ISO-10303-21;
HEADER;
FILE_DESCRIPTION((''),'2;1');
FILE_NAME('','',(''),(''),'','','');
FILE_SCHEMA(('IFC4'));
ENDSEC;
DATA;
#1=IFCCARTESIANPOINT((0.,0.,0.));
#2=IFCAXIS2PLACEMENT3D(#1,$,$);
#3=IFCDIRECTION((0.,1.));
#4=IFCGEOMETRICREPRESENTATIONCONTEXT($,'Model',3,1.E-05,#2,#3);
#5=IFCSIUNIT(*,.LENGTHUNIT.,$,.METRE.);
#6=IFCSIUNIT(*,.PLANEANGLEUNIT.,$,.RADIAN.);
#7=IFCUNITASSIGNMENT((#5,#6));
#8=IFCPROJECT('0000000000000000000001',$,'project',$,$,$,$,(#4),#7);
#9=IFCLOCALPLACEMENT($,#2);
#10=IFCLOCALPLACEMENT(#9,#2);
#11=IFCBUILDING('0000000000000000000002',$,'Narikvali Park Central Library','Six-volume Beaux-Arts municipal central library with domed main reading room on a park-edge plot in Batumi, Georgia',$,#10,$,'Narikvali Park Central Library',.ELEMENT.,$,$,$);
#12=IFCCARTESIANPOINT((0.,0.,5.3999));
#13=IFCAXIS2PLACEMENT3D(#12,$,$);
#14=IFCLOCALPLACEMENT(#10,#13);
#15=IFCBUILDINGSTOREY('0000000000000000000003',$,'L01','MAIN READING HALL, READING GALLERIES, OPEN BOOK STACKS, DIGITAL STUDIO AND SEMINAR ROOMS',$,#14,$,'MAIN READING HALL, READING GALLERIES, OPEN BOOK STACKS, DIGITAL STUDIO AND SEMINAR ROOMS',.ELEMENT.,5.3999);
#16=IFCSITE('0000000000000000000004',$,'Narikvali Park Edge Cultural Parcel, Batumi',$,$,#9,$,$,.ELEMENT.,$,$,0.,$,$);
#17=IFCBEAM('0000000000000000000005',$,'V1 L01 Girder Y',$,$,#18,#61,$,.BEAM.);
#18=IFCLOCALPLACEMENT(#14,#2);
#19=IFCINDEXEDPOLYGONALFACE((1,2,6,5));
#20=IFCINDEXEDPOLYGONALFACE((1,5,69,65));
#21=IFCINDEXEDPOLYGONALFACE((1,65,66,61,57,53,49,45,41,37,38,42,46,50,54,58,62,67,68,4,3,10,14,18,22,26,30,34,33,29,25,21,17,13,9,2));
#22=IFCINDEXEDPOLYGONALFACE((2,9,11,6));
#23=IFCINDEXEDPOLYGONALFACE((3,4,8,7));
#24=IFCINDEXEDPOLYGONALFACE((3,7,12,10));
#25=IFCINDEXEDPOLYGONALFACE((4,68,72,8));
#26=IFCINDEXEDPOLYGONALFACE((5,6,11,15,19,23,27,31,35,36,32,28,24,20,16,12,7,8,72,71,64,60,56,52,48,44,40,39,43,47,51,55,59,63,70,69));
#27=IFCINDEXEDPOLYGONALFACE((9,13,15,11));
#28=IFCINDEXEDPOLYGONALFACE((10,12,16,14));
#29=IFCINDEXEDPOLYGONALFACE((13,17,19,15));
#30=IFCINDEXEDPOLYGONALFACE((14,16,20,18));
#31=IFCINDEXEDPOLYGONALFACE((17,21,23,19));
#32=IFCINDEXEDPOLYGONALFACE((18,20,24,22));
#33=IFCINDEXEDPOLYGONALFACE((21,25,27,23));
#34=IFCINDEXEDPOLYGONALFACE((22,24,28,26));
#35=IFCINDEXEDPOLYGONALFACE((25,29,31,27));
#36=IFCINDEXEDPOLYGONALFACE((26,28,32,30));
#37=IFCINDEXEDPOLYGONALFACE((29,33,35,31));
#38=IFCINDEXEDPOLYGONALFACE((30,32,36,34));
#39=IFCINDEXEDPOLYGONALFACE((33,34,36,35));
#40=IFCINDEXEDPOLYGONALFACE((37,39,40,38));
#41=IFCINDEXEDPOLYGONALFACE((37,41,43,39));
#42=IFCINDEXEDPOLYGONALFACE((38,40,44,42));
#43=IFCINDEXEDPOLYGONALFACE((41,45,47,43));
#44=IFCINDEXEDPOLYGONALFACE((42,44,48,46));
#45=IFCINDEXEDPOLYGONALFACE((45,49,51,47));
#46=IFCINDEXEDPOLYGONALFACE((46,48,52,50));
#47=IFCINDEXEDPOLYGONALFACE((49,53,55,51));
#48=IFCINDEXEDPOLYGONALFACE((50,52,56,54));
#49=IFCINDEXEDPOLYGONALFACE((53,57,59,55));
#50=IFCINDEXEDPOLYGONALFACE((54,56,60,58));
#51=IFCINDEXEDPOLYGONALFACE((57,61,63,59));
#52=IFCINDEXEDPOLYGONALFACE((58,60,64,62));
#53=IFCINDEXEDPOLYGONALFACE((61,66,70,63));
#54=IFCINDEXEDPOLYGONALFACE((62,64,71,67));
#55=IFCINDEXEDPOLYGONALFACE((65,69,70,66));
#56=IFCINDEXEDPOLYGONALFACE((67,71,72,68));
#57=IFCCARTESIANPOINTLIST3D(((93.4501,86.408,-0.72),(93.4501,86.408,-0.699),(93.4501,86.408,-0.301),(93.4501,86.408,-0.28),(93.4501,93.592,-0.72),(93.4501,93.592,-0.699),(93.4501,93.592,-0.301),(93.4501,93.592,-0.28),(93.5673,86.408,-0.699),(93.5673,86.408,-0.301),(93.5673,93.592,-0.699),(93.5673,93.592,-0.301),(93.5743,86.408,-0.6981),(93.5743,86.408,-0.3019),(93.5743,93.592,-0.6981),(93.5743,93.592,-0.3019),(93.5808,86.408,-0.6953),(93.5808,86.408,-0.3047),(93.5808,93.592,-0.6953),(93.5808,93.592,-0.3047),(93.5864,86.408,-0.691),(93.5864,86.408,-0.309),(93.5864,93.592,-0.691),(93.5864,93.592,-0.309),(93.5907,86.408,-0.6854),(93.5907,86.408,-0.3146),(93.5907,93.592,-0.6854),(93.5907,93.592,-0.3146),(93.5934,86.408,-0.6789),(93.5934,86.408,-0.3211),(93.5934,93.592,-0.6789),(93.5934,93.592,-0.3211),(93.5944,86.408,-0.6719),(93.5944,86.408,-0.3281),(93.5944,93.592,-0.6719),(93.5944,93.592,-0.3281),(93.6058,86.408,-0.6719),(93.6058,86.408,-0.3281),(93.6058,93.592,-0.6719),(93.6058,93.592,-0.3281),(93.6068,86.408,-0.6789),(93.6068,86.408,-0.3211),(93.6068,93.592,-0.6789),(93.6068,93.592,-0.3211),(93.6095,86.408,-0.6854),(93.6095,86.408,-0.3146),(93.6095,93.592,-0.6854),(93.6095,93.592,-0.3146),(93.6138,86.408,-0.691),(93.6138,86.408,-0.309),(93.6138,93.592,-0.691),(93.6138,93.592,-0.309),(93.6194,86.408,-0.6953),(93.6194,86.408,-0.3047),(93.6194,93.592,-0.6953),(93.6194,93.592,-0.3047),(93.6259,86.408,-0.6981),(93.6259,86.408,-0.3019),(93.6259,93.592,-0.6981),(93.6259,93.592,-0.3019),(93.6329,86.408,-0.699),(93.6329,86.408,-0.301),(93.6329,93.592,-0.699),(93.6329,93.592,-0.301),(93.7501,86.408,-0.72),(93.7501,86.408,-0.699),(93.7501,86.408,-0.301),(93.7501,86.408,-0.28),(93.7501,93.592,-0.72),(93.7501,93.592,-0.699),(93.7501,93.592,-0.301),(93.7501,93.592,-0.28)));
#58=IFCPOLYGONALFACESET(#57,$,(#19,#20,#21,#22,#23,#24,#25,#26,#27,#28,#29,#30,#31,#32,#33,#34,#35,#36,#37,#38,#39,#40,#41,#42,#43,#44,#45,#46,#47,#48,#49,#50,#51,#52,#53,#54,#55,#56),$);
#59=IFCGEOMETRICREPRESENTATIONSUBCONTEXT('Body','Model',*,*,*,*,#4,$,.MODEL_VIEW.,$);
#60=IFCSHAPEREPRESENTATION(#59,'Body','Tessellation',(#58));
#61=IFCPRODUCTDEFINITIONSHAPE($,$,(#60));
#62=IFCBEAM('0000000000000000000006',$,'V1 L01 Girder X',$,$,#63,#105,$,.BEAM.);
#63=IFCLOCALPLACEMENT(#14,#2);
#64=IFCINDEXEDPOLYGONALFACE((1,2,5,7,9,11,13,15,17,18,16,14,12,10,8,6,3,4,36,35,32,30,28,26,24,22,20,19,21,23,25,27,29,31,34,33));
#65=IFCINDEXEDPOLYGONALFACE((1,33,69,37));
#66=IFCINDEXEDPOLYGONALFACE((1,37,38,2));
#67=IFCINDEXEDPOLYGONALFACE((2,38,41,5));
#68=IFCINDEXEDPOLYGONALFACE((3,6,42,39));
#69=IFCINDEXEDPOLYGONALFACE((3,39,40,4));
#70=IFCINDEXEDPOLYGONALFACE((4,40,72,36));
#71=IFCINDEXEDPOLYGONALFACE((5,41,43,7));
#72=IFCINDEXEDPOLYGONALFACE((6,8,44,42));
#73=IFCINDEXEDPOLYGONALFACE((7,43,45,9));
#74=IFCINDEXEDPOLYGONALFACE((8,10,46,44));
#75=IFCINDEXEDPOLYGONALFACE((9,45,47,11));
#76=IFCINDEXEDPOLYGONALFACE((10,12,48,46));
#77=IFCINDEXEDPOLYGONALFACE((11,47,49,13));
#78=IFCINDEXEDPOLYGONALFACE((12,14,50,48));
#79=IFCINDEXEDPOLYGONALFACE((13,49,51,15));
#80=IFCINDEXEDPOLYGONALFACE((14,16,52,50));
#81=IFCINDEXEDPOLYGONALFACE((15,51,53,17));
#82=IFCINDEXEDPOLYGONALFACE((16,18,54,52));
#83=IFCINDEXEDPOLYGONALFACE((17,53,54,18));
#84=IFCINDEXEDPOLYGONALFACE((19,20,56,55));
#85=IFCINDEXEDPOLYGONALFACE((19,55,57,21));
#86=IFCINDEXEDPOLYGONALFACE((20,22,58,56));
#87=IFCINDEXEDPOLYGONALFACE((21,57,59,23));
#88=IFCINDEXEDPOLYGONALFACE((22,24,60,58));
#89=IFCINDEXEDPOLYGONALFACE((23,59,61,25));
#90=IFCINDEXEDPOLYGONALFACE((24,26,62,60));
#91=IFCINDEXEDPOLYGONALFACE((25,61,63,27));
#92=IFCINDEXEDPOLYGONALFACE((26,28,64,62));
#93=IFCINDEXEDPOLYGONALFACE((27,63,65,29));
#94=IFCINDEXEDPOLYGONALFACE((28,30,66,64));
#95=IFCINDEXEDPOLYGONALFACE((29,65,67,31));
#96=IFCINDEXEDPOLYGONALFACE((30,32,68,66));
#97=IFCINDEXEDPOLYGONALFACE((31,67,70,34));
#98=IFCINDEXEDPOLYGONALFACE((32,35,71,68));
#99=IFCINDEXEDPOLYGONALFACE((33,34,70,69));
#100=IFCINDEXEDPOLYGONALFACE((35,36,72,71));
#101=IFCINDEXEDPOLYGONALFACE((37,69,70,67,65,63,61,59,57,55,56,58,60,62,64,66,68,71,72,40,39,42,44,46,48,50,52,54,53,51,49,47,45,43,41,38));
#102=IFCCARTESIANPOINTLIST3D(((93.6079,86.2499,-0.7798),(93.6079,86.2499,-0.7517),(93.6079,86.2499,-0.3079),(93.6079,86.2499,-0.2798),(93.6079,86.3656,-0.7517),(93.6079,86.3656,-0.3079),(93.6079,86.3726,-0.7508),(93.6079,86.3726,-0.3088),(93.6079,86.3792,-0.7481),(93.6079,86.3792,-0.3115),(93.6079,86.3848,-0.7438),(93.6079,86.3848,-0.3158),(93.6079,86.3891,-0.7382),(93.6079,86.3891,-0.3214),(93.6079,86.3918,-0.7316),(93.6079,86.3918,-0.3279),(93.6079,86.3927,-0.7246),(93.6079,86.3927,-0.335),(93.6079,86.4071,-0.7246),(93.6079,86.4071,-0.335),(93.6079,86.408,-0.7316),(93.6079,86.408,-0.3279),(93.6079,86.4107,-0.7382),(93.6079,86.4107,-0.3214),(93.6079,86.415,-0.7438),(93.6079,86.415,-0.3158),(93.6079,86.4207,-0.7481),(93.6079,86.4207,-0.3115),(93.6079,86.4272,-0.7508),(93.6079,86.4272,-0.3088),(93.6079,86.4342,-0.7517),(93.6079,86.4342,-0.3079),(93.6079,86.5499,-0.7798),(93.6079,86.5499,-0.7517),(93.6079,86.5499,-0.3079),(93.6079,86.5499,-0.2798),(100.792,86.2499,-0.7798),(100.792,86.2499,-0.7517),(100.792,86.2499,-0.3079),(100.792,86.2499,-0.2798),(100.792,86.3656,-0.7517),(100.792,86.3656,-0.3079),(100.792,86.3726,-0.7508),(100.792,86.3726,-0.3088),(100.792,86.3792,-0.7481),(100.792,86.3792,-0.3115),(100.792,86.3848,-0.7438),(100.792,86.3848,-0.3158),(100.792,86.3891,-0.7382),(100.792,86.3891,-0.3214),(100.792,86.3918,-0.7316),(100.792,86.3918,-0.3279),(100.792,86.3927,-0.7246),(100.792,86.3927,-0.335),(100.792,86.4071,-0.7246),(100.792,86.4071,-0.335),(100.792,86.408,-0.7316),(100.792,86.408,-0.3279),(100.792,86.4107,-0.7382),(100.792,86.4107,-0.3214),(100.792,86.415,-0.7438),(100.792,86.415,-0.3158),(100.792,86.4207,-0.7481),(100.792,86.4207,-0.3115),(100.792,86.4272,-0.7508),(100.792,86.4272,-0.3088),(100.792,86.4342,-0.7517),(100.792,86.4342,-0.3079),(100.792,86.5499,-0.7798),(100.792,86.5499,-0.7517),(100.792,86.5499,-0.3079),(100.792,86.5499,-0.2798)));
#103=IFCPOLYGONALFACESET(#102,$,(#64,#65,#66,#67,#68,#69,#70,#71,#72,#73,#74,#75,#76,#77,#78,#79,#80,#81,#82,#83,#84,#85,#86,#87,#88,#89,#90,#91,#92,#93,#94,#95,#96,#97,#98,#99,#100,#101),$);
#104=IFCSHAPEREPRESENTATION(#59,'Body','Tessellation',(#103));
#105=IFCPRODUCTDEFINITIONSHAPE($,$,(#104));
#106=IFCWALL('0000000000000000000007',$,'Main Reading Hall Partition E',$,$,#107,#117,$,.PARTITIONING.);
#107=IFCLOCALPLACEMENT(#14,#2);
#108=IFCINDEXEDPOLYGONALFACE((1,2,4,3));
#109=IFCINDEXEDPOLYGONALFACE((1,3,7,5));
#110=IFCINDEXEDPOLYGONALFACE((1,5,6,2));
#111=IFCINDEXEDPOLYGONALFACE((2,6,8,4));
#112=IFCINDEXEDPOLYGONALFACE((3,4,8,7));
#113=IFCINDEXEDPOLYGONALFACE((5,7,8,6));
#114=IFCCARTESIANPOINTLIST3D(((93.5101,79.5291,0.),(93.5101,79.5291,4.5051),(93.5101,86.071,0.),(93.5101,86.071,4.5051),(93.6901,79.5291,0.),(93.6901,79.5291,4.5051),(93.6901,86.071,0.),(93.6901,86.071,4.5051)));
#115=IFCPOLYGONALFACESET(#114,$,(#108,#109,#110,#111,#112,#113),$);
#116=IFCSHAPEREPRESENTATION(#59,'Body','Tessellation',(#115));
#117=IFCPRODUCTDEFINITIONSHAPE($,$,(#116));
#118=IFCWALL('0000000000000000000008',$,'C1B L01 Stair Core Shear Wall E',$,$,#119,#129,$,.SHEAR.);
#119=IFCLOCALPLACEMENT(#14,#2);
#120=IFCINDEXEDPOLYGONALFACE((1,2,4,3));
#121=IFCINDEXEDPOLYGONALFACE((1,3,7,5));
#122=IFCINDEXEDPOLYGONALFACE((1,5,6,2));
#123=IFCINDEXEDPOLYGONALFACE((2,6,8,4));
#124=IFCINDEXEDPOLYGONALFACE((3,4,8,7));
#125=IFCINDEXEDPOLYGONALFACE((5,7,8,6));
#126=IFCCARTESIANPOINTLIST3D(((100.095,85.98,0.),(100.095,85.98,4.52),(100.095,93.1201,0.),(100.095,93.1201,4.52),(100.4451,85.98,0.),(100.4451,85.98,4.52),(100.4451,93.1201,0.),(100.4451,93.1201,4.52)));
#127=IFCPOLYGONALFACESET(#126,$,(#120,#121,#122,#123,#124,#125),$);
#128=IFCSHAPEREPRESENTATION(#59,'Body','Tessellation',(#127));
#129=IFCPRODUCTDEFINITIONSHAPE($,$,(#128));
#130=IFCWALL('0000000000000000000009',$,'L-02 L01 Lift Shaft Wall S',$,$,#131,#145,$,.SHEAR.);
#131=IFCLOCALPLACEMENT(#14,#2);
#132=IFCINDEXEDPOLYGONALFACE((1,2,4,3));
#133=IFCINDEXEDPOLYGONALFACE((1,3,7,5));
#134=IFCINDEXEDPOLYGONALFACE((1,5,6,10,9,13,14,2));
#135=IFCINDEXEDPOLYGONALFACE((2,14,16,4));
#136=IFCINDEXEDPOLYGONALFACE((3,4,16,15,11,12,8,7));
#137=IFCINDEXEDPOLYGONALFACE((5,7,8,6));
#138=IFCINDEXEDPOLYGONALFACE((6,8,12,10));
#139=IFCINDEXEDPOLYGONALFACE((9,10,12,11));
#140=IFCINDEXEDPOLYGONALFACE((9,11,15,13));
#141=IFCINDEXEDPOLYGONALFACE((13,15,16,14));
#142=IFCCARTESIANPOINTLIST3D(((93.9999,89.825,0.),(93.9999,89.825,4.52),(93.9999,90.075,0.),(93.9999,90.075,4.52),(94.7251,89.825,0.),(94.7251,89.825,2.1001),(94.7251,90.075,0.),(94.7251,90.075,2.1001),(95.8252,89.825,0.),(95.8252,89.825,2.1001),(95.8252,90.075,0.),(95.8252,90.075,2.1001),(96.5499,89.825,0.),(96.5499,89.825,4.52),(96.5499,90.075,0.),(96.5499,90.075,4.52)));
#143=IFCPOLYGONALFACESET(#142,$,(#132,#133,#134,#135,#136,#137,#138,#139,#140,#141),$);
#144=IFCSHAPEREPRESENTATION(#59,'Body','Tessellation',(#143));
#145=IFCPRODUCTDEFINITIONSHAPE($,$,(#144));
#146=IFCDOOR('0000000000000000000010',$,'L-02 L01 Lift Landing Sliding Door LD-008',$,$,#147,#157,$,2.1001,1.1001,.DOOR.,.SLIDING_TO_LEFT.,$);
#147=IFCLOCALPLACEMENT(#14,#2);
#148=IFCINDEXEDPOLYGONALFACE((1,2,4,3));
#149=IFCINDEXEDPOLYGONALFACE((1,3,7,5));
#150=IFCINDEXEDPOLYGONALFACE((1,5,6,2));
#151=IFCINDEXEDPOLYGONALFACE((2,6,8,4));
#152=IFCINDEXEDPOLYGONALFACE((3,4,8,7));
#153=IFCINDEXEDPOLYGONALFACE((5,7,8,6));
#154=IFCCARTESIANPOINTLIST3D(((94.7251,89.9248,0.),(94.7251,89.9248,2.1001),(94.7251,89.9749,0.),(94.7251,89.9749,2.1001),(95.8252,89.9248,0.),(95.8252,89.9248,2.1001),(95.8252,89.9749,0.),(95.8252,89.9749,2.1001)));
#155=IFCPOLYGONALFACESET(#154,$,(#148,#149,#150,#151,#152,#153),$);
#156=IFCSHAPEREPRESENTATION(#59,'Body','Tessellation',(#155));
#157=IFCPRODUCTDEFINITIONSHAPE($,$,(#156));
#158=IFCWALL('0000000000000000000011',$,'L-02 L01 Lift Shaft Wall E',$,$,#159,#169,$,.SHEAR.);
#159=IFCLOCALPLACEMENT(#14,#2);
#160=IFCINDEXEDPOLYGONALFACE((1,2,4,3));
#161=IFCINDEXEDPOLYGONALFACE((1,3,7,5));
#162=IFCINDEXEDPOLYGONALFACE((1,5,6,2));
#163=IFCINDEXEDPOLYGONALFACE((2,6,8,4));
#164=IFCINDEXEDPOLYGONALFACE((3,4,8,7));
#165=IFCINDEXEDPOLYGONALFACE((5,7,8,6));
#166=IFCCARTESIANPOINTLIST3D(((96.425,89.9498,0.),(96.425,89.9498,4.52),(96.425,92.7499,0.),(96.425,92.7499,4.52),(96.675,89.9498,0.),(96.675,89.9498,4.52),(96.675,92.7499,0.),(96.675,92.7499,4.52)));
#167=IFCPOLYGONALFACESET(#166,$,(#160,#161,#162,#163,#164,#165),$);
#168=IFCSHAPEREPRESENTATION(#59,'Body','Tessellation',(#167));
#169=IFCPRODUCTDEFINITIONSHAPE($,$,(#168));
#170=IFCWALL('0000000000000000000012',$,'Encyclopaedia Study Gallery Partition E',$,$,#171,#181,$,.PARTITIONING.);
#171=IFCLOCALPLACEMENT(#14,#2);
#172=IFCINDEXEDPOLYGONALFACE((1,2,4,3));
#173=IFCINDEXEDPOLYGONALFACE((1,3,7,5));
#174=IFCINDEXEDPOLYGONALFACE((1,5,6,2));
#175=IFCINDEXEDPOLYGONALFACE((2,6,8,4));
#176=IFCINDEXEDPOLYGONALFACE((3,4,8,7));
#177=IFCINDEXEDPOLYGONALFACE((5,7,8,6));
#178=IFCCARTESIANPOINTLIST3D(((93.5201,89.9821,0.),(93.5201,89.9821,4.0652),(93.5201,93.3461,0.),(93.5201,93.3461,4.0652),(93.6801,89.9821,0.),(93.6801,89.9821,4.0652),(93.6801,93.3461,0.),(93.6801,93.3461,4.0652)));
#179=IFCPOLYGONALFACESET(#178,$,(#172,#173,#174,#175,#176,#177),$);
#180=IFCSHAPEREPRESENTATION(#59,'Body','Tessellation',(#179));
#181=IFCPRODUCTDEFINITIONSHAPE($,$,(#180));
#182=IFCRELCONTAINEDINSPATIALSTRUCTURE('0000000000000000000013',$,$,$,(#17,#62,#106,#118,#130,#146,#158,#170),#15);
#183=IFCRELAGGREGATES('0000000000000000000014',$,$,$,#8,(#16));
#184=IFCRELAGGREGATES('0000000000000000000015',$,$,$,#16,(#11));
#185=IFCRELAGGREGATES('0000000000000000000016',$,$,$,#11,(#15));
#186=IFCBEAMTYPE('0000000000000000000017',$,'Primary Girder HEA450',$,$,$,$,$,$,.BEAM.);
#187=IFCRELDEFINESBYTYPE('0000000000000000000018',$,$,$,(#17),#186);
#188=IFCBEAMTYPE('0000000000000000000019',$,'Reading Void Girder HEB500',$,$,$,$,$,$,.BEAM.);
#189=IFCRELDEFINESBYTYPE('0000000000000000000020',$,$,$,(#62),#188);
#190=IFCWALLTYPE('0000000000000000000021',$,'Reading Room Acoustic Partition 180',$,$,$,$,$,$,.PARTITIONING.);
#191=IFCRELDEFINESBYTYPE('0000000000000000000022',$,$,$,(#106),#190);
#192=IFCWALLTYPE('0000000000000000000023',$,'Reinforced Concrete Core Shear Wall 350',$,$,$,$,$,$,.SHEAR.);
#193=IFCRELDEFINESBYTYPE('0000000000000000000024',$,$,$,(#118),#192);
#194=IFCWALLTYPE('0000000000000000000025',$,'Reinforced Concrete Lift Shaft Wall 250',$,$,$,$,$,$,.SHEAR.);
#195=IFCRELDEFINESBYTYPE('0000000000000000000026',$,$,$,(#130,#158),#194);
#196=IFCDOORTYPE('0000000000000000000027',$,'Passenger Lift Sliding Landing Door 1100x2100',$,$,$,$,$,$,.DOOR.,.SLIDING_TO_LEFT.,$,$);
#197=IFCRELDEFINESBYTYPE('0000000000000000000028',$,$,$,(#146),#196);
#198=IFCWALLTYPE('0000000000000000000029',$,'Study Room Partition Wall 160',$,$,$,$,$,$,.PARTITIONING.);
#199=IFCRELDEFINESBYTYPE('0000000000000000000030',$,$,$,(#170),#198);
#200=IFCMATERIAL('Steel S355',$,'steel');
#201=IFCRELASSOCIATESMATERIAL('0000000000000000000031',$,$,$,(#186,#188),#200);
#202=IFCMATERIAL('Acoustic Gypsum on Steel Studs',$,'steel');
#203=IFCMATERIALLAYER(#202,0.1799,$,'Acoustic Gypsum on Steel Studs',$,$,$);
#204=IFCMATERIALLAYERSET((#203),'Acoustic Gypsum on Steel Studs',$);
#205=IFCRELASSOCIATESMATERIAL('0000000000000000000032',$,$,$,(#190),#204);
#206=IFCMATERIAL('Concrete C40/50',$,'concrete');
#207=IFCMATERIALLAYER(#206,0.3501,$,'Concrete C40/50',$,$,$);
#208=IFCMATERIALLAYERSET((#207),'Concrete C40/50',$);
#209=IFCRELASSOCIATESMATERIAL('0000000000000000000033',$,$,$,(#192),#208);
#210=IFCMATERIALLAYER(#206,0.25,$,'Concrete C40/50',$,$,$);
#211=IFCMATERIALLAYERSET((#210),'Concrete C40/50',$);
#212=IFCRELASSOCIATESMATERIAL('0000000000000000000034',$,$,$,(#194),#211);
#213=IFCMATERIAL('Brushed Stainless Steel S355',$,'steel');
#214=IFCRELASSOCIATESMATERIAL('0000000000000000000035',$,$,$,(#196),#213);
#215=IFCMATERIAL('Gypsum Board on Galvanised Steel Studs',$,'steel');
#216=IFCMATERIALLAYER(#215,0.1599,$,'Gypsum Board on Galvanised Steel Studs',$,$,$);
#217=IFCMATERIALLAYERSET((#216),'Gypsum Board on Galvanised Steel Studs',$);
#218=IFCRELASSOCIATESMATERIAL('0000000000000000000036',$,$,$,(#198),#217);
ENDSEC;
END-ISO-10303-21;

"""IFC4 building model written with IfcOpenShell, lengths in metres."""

from ifc_helpers import new_model, si_unit, direction, frame, frame_2d, origin, origin_2d, place, context, subcontext, project, spatial, rectangle, i_section, extrude, material, layer, layer_set, material_profile, profile_set, type_object, element, fill, save


model = new_model("IFC4")

# Units and contexts
model_context = context("Model", 3, precision=1e-05, world=origin(), true_north=direction((0.0, 1.0)))
body_context = subcontext(model_context, "Body", "Model", "MODEL_VIEW")
ifc_project = project(units=[si_unit("LENGTHUNIT", "METRE"), si_unit("PLANEANGLEUNIT", "RADIAN")], contexts=[model_context])

# Site, building, storey
site_placement = place(None, origin())
site = spatial("IfcSite", under=ifc_project, at=site_placement, Name="Narikvali Park Edge Cultural Parcel, Batumi", CompositionType="ELEMENT", RefElevation=0.0)
building_placement = place(site_placement, origin())
building = spatial("IfcBuilding", under=site, at=building_placement, Name="Narikvali Park Central Library", Description="Six-volume Beaux-Arts municipal central library with domed main reading room on a park-edge plot in Batumi, Georgia", LongName="Narikvali Park Central Library", CompositionType="ELEMENT")
storey_placement = place(building_placement, frame((0.0, 0.0, 5.3999)))
storey = spatial("IfcBuildingStorey", under=building, at=storey_placement, Name="L01", Description="MAIN READING HALL, READING GALLERIES, OPEN BOOK STACKS, DIGITAL STUDIO AND SEMINAR ROOMS", LongName="MAIN READING HALL, READING GALLERIES, OPEN BOOK STACKS, DIGITAL STUDIO AND SEMINAR ROOMS", CompositionType="ELEMENT", Elevation=5.3999)

# Shared definitions
ifc_material_1 = material(Name="Steel S355", Category="steel")

# Beams
ifc_material_profile_1 = material_profile(ifc_material_1, i_section(OverallWidth=0.3, OverallDepth=0.4399, WebThickness=0.0115, FlangeThickness=0.021, FilletRadius=0.0271, at=origin_2d()), Name="HEA 450")
ifc_profile_set_1 = profile_set([ifc_material_profile_1], Name="Steel S355")
beam_type_1 = type_object("IfcBeamType", Name="Primary Girder HEA450", PredefinedType="BEAM", material=ifc_profile_set_1)
for number, where, z_axis, x_axis, name in (
    (1, (93.6001, 86.408, -0.5), (0.0, 1.0, 0.0), (-1.0, 0.0, 0.0), "V1 L01 Girder Y"),
):
    element("IfcBeam", number, at=place(storey_placement, frame(where, z_axis=z_axis, x_axis=x_axis)), inside=storey, type_object=beam_type_1, Name=name, PredefinedType="BEAM", context=body_context, shape_type="SweptSolid", body=[
        extrude(i_section(OverallWidth=0.3, OverallDepth=0.4399, WebThickness=0.0115, FlangeThickness=0.021, FilletRadius=0.0271, at=origin_2d()), origin(), (0.0, 0.0, 1.0), 7.1841),
    ])
ifc_material_profile_2 = material_profile(ifc_material_1, i_section(OverallWidth=0.3, OverallDepth=0.5, WebThickness=0.0144, FlangeThickness=0.0281, FilletRadius=0.0271, at=origin_2d()), Name="HEB 500")
ifc_profile_set_2 = profile_set([ifc_material_profile_2], Name="Steel S355")
beam_type_2 = type_object("IfcBeamType", Name="Reading Void Girder HEB500", PredefinedType="BEAM", material=ifc_profile_set_2)
beam_1_placement = place(storey_placement, frame((93.6079, 86.3999, -0.5298), z_axis=(1.0, 0.0, 0.0), x_axis=(0.0, 1.0, 0.0)))
element("IfcBeam", 2, at=beam_1_placement, inside=storey, type_object=beam_type_2, Name="V1 L01 Girder X", PredefinedType="BEAM", context=body_context, shape_type="SweptSolid", body=[
    extrude(i_section(OverallWidth=0.3, OverallDepth=0.5, WebThickness=0.0144, FlangeThickness=0.0281, FilletRadius=0.0271, at=origin_2d()), origin(), (0.0, 0.0, 1.0), 7.1841),
])

# Wall
ifc_material_2 = material(Name="Acoustic Gypsum on Steel Studs", Category="steel")
ifc_layer_1 = layer(ifc_material_2, 0.1799, Name="Acoustic Gypsum on Steel Studs")
ifc_layer_set_1 = layer_set([ifc_layer_1], Name="Acoustic Gypsum on Steel Studs")
wall_type_1 = type_object("IfcWallType", Name="Reading Room Acoustic Partition 180", PredefinedType="PARTITIONING", material=ifc_layer_set_1)
wall_1_placement = place(storey_placement, frame((93.6001, 79.5291, 0.0), z_axis=(0.0, 0.0, 1.0), x_axis=(0.0, 1.0, 0.0)))
element("IfcWall", 3, at=wall_1_placement, inside=storey, type_object=wall_type_1, Name="Main Reading Hall Partition E", PredefinedType="PARTITIONING", context=body_context, shape_type="SweptSolid", body=[
    extrude(rectangle(XDim=6.542, YDim=0.1799, at=frame_2d((3.271, 0.0))), origin(), (0.0, 0.0, 1.0), 4.5051),
])

# Shared definitions
ifc_material_3 = material(Name="Concrete C40/50", Category="concrete")
ifc_layer_2 = layer(ifc_material_3, 0.3501, Name="Concrete C40/50")
ifc_layer_set_2 = layer_set([ifc_layer_2], Name="Concrete C40/50")
wall_type_2 = type_object("IfcWallType", Name="Reinforced Concrete Core Shear Wall 350", PredefinedType="SHEAR", material=ifc_layer_set_2)

# Wall
wall_2_placement = place(storey_placement, frame((100.27, 85.98, 0.0), z_axis=(0.0, 0.0, 1.0), x_axis=(0.0, 1.0, 0.0)))
element("IfcWall", 4, at=wall_2_placement, inside=storey, type_object=wall_type_2, Name="C1B L01 Stair Core Shear Wall E", PredefinedType="SHEAR", context=body_context, shape_type="SweptSolid", body=[
    extrude(rectangle(XDim=7.1401, YDim=0.3501, at=frame_2d((3.5701, 0.0))), origin(), (0.0, 0.0, 1.0), 4.52),
])

# Wall, opening, door
ifc_layer_3 = layer(ifc_material_3, 0.25, Name="Concrete C40/50")
ifc_layer_set_3 = layer_set([ifc_layer_3], Name="Concrete C40/50")
wall_type_3 = type_object("IfcWallType", Name="Reinforced Concrete Lift Shaft Wall 250", PredefinedType="SHEAR", material=ifc_layer_set_3)
wall_3_placement = place(storey_placement, frame((94.0, 89.95, 0.0), z_axis=(0.0, 0.0, 1.0), x_axis=(1.0, 0.0, 0.0)))
wall_3 = element("IfcWall", 5, at=wall_3_placement, inside=storey, type_object=wall_type_3, Name="L-02 L01 Lift Shaft Wall S", PredefinedType="SHEAR", context=body_context, shape_type="SweptSolid", body=[
    extrude(rectangle(XDim=2.55, YDim=0.25, at=frame_2d((1.2749, 0.0))), origin(), (0.0, 0.0, 1.0), 4.52),
])
opening_1_placement = place(wall_3_placement, frame((0.7251, 0.0, 0.0)))
opening_1 = element("IfcOpeningElement", 6, at=opening_1_placement, cuts=wall_3, PredefinedType="OPENING", context=body_context, shape_type="SweptSolid", body=[
    extrude(rectangle(XDim=1.1001, YDim=2.1001, at=frame_2d((0.55, 1.05))), frame((0.0, 0.137, 0.0), z_axis=(0.0, -1.0, 0.0), x_axis=(1.0, 0.0, 0.0)), (0.0, 0.0, 1.0), 0.2739),
])
ifc_material_4 = material(Name="Brushed Stainless Steel S355", Category="steel")
door_type_1 = type_object("IfcDoorType", Name="Passenger Lift Sliding Landing Door 1100x2100", OperationType="SLIDING_TO_LEFT", PredefinedType="DOOR", material=ifc_material_4)
door_1_placement = place(opening_1_placement, origin())
door_1 = element("IfcDoor", 7, at=door_1_placement, inside=storey, type_object=door_type_1, Name="L-02 L01 Lift Landing Sliding Door LD-008", OperationType="SLIDING_TO_LEFT", OverallHeight=2.1001, OverallWidth=1.1001, PredefinedType="DOOR", context=body_context, shape_type="SweptSolid", body=[
    extrude(rectangle(XDim=1.1001, YDim=2.1001, at=frame_2d((0.55, 1.05))), frame((0.0, 0.0249, 0.0), z_axis=(0.0, -1.0, 0.0), x_axis=(1.0, 0.0, 0.0)), (0.0, 0.0, 1.0), 0.05),
])
fill(opening_1, door_1)

# Walls
wall_4_placement = place(storey_placement, frame((96.55, 89.95, 0.0), z_axis=(0.0, 0.0, 1.0), x_axis=(0.0, 1.0, 0.0)))
element("IfcWall", 8, at=wall_4_placement, inside=storey, type_object=wall_type_3, Name="L-02 L01 Lift Shaft Wall E", PredefinedType="SHEAR", context=body_context, shape_type="SweptSolid", body=[
    extrude(rectangle(XDim=2.8, YDim=0.25, at=frame_2d((1.3999, 0.0))), origin(), (0.0, 0.0, 1.0), 4.52),
])
ifc_material_5 = material(Name="Gypsum Board on Galvanised Steel Studs", Category="steel")
ifc_layer_4 = layer(ifc_material_5, 0.1599, Name="Gypsum Board on Galvanised Steel Studs")
ifc_layer_set_4 = layer_set([ifc_layer_4], Name="Gypsum Board on Galvanised Steel Studs")
wall_type_4 = type_object("IfcWallType", Name="Study Room Partition Wall 160", PredefinedType="PARTITIONING", material=ifc_layer_set_4)
wall_5_placement = place(storey_placement, frame((93.6001, 89.9819, 0.0), z_axis=(0.0, 0.0, 1.0), x_axis=(0.0, 1.0, 0.0)))
element("IfcWall", 9, at=wall_5_placement, inside=storey, type_object=wall_type_4, Name="Encyclopaedia Study Gallery Partition E", PredefinedType="PARTITIONING", context=body_context, shape_type="SweptSolid", body=[
    extrude(rectangle(XDim=3.364, YDim=0.1599, at=frame_2d((1.6821, 0.0))), origin(), (0.0, 0.0, 1.0), 4.0652),
])

save(model, "model.ifc")
